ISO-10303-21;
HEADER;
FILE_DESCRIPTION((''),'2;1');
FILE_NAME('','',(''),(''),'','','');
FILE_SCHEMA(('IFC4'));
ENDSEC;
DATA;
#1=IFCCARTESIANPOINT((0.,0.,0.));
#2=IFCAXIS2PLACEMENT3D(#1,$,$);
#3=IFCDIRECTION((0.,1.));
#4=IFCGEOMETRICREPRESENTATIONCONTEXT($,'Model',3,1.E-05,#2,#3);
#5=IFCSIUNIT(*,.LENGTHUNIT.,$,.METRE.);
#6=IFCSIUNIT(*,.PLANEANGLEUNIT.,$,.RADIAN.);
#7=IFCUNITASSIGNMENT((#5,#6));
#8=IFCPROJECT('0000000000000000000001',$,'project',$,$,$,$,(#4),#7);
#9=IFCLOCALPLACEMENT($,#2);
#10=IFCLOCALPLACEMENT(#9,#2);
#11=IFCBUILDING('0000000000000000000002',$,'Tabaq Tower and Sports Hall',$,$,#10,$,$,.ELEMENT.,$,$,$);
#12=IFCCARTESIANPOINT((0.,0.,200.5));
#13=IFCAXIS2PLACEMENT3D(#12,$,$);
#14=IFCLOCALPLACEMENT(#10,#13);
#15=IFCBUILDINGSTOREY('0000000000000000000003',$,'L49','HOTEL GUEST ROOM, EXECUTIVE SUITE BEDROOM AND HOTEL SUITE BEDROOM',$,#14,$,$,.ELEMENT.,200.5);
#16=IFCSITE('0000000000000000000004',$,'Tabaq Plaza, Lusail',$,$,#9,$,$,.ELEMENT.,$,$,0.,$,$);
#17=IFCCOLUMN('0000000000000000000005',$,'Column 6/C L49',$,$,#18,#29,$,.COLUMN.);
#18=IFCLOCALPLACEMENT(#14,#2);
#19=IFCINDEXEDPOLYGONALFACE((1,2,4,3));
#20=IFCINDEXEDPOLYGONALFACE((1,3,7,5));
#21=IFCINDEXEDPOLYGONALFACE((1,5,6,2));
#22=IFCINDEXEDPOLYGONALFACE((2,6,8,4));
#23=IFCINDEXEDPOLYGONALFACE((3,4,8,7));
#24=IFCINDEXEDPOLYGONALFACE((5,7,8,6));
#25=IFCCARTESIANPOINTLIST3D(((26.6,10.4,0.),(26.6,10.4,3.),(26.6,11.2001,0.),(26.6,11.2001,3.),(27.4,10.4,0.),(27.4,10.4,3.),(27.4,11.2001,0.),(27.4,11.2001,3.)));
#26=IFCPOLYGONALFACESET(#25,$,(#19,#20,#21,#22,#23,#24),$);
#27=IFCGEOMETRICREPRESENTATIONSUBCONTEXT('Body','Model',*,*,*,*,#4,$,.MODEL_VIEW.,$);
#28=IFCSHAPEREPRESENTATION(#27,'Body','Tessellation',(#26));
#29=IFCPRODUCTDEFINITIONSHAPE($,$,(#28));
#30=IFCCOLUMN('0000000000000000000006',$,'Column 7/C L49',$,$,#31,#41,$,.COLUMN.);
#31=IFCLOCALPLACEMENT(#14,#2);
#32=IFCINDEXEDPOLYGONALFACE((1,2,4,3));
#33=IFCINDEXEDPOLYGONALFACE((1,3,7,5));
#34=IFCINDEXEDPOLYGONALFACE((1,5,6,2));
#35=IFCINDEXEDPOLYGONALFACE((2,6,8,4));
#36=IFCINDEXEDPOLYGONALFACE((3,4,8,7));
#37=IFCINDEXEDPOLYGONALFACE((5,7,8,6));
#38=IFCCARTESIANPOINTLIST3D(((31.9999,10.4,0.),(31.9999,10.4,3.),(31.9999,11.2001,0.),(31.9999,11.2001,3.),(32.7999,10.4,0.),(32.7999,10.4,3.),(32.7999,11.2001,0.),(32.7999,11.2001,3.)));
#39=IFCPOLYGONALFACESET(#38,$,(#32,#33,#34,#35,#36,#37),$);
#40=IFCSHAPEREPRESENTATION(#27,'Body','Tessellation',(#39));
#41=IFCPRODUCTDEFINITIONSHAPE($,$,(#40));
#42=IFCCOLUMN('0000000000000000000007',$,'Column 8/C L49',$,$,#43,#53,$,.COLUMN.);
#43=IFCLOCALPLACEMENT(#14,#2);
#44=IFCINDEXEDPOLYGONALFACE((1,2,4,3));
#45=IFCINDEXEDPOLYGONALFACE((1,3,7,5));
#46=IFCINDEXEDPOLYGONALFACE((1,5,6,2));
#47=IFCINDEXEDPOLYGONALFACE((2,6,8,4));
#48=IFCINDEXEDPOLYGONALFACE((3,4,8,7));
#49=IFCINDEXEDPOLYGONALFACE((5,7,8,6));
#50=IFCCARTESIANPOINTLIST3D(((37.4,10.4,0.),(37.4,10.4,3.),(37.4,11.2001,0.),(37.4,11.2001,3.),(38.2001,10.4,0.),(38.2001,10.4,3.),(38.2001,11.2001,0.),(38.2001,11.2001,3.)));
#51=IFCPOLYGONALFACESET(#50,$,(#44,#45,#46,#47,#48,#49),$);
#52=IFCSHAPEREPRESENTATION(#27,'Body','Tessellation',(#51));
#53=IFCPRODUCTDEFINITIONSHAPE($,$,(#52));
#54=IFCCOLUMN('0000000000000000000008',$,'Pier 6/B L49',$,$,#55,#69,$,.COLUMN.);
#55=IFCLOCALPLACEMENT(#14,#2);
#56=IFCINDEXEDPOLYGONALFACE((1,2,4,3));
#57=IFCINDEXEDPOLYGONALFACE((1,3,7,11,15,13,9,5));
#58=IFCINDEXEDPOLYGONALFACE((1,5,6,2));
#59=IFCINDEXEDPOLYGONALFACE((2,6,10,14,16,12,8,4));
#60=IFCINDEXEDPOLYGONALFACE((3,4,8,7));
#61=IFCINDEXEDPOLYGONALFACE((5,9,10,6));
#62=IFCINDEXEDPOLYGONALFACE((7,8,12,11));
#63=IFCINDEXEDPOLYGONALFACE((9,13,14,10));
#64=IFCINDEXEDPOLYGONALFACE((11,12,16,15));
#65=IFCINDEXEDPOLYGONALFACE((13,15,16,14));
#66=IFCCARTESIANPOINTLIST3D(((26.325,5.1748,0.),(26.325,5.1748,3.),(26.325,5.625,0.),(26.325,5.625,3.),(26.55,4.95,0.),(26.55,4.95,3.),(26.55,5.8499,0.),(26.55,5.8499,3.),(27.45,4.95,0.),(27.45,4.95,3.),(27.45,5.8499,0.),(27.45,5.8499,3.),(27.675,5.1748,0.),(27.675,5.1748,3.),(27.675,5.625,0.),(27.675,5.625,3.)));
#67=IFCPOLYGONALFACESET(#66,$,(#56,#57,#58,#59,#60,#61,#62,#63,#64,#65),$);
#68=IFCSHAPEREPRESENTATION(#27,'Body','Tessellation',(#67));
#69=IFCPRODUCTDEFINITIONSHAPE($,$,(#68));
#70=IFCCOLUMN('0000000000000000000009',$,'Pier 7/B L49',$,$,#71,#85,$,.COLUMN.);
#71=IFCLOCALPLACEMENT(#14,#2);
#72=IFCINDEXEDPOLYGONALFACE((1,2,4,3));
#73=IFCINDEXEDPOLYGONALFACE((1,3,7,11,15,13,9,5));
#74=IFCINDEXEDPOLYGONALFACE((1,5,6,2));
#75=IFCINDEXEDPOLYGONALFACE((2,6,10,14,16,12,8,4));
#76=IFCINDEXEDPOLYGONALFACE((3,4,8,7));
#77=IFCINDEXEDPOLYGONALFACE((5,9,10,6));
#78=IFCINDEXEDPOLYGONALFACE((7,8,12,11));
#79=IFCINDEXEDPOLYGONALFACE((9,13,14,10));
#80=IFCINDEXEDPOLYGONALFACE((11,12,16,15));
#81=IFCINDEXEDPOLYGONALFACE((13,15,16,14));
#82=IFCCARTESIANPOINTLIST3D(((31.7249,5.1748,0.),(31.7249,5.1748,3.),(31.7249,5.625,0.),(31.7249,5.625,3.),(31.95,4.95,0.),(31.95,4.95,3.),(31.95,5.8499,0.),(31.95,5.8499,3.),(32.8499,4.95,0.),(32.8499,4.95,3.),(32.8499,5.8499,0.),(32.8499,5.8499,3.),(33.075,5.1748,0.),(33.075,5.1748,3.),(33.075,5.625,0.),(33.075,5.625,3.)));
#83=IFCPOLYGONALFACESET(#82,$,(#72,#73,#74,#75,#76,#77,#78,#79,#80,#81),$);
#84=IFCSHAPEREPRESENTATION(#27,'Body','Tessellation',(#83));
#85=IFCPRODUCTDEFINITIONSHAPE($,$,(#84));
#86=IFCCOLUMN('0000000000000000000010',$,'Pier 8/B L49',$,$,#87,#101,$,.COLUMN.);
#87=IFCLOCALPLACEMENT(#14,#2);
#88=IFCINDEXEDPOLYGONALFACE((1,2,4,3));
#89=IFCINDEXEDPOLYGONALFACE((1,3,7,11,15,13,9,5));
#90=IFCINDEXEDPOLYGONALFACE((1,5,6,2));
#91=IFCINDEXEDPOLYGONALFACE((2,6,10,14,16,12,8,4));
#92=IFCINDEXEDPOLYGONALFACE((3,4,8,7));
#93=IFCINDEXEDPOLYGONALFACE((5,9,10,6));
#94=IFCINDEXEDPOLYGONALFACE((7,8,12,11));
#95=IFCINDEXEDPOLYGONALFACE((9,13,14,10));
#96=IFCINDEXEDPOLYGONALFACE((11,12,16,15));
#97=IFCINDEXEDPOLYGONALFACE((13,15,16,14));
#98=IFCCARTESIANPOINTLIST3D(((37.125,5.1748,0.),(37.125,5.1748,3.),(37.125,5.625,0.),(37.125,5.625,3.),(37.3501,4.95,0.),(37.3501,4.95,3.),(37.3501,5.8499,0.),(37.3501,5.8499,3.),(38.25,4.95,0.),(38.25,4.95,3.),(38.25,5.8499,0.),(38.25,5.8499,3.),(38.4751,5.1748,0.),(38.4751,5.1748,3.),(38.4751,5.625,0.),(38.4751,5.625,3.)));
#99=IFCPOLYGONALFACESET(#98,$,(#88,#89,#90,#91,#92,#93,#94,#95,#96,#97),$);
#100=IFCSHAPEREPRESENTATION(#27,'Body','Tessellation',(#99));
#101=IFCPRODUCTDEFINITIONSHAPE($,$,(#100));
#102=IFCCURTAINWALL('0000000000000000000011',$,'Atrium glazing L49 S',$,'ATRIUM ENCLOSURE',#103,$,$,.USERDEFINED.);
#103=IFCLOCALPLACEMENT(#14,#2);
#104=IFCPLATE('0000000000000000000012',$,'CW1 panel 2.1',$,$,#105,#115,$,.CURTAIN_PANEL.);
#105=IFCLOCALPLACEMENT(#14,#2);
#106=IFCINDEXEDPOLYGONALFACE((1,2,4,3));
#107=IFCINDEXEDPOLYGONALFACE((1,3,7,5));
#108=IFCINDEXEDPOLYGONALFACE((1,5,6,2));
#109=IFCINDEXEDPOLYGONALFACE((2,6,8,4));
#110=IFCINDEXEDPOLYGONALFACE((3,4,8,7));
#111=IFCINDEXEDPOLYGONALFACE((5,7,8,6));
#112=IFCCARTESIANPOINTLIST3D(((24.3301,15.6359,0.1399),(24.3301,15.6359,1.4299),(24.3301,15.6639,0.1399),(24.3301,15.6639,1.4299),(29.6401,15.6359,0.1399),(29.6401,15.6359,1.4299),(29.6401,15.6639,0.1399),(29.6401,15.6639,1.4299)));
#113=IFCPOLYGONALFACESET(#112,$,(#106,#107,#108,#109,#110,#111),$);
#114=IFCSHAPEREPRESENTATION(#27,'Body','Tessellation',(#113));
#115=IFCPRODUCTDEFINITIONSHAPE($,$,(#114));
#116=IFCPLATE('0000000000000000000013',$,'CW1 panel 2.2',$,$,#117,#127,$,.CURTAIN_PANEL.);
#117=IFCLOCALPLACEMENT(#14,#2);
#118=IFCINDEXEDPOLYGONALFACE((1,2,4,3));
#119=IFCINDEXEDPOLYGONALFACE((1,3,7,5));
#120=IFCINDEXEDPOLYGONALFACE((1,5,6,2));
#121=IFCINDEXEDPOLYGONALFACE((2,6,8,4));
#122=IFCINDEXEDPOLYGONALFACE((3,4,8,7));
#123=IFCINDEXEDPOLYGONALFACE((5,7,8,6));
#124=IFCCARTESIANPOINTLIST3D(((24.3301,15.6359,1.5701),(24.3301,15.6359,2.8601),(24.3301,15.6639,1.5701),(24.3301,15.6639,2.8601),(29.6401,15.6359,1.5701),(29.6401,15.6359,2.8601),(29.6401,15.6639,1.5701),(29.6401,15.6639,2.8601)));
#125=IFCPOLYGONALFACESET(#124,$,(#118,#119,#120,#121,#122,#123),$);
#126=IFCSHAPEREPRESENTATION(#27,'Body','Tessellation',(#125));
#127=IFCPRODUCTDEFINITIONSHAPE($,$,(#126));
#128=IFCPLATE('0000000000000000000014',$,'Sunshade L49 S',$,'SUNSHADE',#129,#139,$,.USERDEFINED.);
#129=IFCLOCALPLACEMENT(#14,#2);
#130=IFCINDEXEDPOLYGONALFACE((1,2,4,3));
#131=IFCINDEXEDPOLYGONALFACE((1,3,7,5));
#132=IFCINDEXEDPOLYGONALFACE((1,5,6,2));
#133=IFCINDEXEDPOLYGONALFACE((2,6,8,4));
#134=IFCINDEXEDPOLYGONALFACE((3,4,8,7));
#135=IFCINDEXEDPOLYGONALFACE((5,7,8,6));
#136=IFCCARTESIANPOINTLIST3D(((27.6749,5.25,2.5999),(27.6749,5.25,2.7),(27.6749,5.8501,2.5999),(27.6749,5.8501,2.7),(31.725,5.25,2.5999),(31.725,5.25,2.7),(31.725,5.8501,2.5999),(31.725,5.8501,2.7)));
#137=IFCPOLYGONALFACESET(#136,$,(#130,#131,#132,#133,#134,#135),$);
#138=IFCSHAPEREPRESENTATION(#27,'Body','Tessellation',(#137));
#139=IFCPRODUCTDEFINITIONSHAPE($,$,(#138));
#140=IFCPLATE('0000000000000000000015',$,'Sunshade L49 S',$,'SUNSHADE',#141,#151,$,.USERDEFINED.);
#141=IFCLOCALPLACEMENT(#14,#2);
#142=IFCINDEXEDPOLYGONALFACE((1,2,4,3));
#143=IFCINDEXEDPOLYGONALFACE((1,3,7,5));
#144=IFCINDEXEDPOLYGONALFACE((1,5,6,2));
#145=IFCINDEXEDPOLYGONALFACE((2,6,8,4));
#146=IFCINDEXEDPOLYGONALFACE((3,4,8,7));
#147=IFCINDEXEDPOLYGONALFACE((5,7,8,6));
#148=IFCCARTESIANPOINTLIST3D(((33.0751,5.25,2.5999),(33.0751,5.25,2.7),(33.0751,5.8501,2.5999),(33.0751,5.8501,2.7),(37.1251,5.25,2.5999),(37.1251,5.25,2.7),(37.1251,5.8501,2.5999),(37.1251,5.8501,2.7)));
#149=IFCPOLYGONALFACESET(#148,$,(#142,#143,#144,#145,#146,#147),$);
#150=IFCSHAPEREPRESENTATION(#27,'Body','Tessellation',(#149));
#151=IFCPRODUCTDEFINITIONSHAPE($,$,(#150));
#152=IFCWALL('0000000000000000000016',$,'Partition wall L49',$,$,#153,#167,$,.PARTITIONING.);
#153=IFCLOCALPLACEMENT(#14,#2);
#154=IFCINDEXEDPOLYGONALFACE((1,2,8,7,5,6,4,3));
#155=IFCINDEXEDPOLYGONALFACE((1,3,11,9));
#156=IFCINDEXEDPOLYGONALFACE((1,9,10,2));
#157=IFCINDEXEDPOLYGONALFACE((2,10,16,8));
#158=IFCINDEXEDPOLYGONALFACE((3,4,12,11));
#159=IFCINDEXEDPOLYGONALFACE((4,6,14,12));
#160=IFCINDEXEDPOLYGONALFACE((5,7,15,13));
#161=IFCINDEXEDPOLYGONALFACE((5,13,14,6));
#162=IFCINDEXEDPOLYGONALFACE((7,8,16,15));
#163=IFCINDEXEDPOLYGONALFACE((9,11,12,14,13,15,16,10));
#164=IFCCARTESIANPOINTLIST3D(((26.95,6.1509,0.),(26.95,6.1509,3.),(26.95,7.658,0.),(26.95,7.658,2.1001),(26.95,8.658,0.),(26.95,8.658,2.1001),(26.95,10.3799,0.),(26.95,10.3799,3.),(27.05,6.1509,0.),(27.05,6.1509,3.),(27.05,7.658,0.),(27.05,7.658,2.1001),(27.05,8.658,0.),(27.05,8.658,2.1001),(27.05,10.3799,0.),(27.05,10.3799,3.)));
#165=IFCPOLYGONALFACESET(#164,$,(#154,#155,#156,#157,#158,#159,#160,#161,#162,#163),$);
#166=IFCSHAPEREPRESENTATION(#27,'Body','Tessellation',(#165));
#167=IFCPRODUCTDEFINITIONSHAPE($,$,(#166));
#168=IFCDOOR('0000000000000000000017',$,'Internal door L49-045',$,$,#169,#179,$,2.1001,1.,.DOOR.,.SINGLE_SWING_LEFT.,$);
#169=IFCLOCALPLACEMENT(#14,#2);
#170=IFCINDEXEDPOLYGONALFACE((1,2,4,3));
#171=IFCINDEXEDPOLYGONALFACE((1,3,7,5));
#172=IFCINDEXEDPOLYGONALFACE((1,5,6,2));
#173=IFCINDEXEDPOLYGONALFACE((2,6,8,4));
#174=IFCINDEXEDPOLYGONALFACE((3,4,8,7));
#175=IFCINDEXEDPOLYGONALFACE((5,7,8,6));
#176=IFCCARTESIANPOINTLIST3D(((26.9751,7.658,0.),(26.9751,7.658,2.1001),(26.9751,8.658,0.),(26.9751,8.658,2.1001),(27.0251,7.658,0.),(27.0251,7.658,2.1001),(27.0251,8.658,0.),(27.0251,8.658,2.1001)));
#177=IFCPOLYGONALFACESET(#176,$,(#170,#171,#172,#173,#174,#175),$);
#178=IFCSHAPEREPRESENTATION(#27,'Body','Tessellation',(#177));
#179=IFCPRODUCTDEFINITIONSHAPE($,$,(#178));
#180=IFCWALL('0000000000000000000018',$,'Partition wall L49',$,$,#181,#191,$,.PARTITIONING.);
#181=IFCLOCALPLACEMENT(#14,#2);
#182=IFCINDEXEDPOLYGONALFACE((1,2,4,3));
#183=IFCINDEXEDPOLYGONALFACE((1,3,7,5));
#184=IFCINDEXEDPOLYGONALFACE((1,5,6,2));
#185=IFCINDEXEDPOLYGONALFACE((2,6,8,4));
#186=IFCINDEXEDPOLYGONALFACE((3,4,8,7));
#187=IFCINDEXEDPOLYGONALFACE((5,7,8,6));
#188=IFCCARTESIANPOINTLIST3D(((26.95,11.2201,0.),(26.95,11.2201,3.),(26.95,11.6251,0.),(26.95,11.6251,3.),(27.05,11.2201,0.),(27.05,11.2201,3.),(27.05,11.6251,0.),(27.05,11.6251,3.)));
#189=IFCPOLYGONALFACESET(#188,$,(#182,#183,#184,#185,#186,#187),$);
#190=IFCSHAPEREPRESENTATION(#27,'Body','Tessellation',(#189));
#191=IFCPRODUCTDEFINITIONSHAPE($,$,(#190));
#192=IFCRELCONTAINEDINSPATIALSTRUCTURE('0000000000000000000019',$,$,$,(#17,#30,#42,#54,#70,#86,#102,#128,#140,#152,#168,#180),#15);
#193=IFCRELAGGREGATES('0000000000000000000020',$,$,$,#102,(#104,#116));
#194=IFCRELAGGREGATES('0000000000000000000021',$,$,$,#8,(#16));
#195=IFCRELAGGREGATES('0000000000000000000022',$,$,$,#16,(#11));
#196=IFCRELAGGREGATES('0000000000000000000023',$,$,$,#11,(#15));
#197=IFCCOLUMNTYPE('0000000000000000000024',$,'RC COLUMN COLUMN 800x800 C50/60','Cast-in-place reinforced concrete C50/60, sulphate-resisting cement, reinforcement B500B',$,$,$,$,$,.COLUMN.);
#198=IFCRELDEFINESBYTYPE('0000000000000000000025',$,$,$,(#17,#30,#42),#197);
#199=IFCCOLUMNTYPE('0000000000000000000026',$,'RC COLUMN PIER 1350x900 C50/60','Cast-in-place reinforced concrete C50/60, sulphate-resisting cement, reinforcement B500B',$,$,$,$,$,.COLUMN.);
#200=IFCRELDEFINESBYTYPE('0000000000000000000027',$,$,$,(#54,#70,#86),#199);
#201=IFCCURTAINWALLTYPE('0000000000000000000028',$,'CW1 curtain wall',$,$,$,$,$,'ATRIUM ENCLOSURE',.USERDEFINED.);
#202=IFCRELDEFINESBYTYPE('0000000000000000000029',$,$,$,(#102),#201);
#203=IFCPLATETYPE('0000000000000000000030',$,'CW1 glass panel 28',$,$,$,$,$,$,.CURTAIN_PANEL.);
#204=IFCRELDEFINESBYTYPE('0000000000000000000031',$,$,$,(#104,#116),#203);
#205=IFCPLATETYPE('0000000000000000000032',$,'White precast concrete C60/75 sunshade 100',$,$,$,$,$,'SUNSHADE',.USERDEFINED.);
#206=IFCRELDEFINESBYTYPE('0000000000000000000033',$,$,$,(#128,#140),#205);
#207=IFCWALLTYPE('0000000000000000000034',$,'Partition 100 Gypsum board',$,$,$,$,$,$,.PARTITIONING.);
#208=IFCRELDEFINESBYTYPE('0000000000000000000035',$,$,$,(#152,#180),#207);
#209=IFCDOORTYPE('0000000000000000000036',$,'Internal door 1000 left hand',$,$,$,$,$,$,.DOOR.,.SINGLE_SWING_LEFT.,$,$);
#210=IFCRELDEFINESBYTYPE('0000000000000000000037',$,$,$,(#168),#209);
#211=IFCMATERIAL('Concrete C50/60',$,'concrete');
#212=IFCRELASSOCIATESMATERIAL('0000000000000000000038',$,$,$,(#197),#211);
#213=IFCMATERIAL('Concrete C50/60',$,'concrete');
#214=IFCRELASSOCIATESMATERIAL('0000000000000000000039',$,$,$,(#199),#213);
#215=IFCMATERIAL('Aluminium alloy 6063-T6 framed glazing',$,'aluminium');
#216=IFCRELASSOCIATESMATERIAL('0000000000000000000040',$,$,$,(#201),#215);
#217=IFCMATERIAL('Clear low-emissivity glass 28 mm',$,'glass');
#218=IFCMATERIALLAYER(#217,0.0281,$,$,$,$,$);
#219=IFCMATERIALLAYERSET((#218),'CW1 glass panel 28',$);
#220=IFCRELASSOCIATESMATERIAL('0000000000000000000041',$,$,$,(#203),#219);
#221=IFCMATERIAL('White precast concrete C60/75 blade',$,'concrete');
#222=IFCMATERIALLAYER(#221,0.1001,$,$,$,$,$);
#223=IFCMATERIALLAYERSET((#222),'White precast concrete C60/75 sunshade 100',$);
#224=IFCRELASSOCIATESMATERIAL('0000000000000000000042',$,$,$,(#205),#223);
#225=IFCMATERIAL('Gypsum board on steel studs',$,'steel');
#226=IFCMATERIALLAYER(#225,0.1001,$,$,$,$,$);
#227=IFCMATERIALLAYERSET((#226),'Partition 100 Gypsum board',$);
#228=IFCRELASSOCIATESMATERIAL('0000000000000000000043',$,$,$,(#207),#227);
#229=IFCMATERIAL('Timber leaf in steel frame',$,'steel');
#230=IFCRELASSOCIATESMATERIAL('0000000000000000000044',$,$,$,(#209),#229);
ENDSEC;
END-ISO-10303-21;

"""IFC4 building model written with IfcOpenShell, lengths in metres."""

from ifc_helpers import new_model, si_unit, direction, frame, frame_2d, origin, origin_2d, place, context, subcontext, project, spatial, polyline, rectangle, outline, extrude, material, layer, layer_set, material_profile, profile_set, type_object, element, fill, aggregate, save


model = new_model("IFC4")

# Units and contexts
model_context = context("Model", 3, precision=1e-05, world=origin(), true_north=direction((0.0, 1.0)))
body_context = subcontext(model_context, "Body", "Model", "MODEL_VIEW")
ifc_project = project(units=[si_unit("LENGTHUNIT", "METRE"), si_unit("PLANEANGLEUNIT", "RADIAN")], contexts=[model_context])

# Site, building, storey
site_placement = place(None, origin())
site = spatial("IfcSite", under=ifc_project, at=site_placement, Name="Tabaq Plaza, Lusail", CompositionType="ELEMENT", RefElevation=0.0)
building_placement = place(site_placement, origin())
building = spatial("IfcBuilding", under=site, at=building_placement, Name="Tabaq Tower and Sports Hall", CompositionType="ELEMENT")
storey_placement = place(building_placement, frame((0.0, 0.0, 200.5)))
storey = spatial("IfcBuildingStorey", under=building, at=storey_placement, Name="L49", Description="HOTEL GUEST ROOM, EXECUTIVE SUITE BEDROOM AND HOTEL SUITE BEDROOM", CompositionType="ELEMENT", Elevation=200.5)

# Columns
ifc_material_1 = material(Name="Concrete C50/60", Category="concrete")
ifc_material_profile_1 = material_profile(ifc_material_1, rectangle(XDim=0.8, YDim=0.8, at=origin_2d()), Name="COLUMN 800x800")
ifc_profile_set_1 = profile_set([ifc_material_profile_1], Name="Concrete C50/60")
column_type_1 = type_object("IfcColumnType", Name="RC COLUMN COLUMN 800x800 C50/60", Description="Cast-in-place reinforced concrete C50/60, sulphate-resisting cement, reinforcement B500B", PredefinedType="COLUMN", material=ifc_profile_set_1)
for number, where, z_axis, x_axis, name in (
    (1, (27.0, 10.8, 0.0), (0.0, 0.0, 1.0), (1.0, 0.0, 0.0), "Column 6/C L49"),
    (2, (32.3999, 10.8, 0.0), (0.0, 0.0, 1.0), (1.0, 0.0, 0.0), "Column 7/C L49"),
    (3, (37.8, 10.8, 0.0), (0.0, 0.0, 1.0), (1.0, 0.0, 0.0), "Column 8/C L49"),
):
    element("IfcColumn", number, at=place(storey_placement, frame(where, z_axis=z_axis, x_axis=x_axis)), inside=storey, type_object=column_type_1, Name=name, PredefinedType="COLUMN", context=body_context, shape_type="SweptSolid", body=[
        extrude(rectangle(XDim=0.8, YDim=0.8, at=origin_2d()), origin(), (0.0, 0.0, 1.0), 3.0),
    ])
ifc_material_2 = material(Name="Concrete C50/60", Category="concrete")
ifc_material_profile_2 = material_profile(ifc_material_2, outline(polyline([(-0.45, -0.45), (0.45, -0.45), (0.675, -0.2251), (0.675, 0.2251), (0.45, 0.45), (-0.45, 0.45), (-0.675, 0.2251), (-0.675, -0.2251), (-0.45, -0.45)])), Name="PIER 1350x900")
ifc_profile_set_2 = profile_set([ifc_material_profile_2], Name="Concrete C50/60")
column_type_2 = type_object("IfcColumnType", Name="RC COLUMN PIER 1350x900 C50/60", Description="Cast-in-place reinforced concrete C50/60, sulphate-resisting cement, reinforcement B500B", PredefinedType="COLUMN", material=ifc_profile_set_2)
for number, where, z_axis, x_axis, name in (
    (4, (27.0, 5.3999, 0.0), (0.0, 0.0, 1.0), (1.0, 0.0, 0.0), "Pier 6/B L49"),
    (5, (32.3999, 5.3999, 0.0), (0.0, 0.0, 1.0), (1.0, 0.0, 0.0), "Pier 7/B L49"),
    (6, (37.8, 5.3999, 0.0), (0.0, 0.0, 1.0), (1.0, 0.0, 0.0), "Pier 8/B L49"),
):
    element("IfcColumn", number, at=place(storey_placement, frame(where, z_axis=z_axis, x_axis=x_axis)), inside=storey, type_object=column_type_2, Name=name, PredefinedType="COLUMN", context=body_context, shape_type="SweptSolid", body=[
        extrude(outline(polyline([(-0.45, -0.45), (0.45, -0.45), (0.675, -0.2251), (0.675, 0.2251), (0.45, 0.45), (-0.45, 0.45), (-0.675, 0.2251), (-0.675, -0.2251), (-0.45, -0.45)])), origin(), (0.0, 0.0, 1.0), 3.0),
    ])

# Curtain wall, plates
ifc_material_3 = material(Name="Aluminium alloy 6063-T6 framed glazing", Category="aluminium")
curtain_wall_type = type_object("IfcCurtainWallType", Name="CW1 curtain wall", ElementType="ATRIUM ENCLOSURE", PredefinedType="USERDEFINED", material=ifc_material_3)
curtain_wall_placement = place(storey_placement, origin())
curtain_wall = element("IfcCurtainWall", 7, at=curtain_wall_placement, inside=storey, type_object=curtain_wall_type, Name="Atrium glazing L49 S", ObjectType="ATRIUM ENCLOSURE", PredefinedType="USERDEFINED")
ifc_material_4 = material(Name="Clear low-emissivity glass 28 mm", Category="glass")
ifc_layer_1 = layer(ifc_material_4, 0.0281)
ifc_layer_set_1 = layer_set([ifc_layer_1], Name="CW1 glass panel 28")
plate_type_1 = type_object("IfcPlateType", Name="CW1 glass panel 28", PredefinedType="CURTAIN_PANEL", material=ifc_layer_set_1)
plate_1_placement = place(storey_placement, frame((26.9851, 15.6499, 0.1399), z_axis=(0.0, 0.0, 1.0), x_axis=(1.0, 0.0, 0.0)))
plate_1 = element("IfcPlate", 8, at=plate_1_placement, type_object=plate_type_1, Name="CW1 panel 2.1", PredefinedType="CURTAIN_PANEL", context=body_context, shape_type="SweptSolid", body=[
    extrude(rectangle(XDim=5.3101, YDim=0.0281, at=origin_2d()), origin(), (0.0, 0.0, 1.0), 1.29),
])
plate_2_placement = place(storey_placement, frame((26.9851, 15.6499, 1.5701), z_axis=(0.0, 0.0, 1.0), x_axis=(1.0, 0.0, 0.0)))
plate_2 = element("IfcPlate", 9, at=plate_2_placement, type_object=plate_type_1, Name="CW1 panel 2.2", PredefinedType="CURTAIN_PANEL", context=body_context, shape_type="SweptSolid", body=[
    extrude(rectangle(XDim=5.3101, YDim=0.0281, at=origin_2d()), origin(), (0.0, 0.0, 1.0), 1.29),
])
aggregate(curtain_wall, [plate_1, plate_2])

# Plates
ifc_material_5 = material(Name="White precast concrete C60/75 blade", Category="concrete")
ifc_layer_2 = layer(ifc_material_5, 0.1001)
ifc_layer_set_2 = layer_set([ifc_layer_2], Name="White precast concrete C60/75 sunshade 100")
plate_type_2 = type_object("IfcPlateType", Name="White precast concrete C60/75 sunshade 100", ElementType="SUNSHADE", PredefinedType="USERDEFINED", material=ifc_layer_set_2)
for number, where, z_axis, x_axis, name in (
    (10, (29.7, 5.55, 2.5999), (0.0, 0.0, 1.0), (1.0, 0.0, 0.0), "Sunshade L49 S"),
    (11, (35.1001, 5.55, 2.5999), (0.0, 0.0, 1.0), (1.0, 0.0, 0.0), "Sunshade L49 S"),
):
    element("IfcPlate", number, at=place(storey_placement, frame(where, z_axis=z_axis, x_axis=x_axis)), inside=storey, type_object=plate_type_2, Name=name, ObjectType="SUNSHADE", PredefinedType="USERDEFINED", context=body_context, shape_type="SweptSolid", body=[
        extrude(rectangle(XDim=4.05, YDim=0.6001, at=origin_2d()), origin(), (0.0, 0.0, 1.0), 0.1001),
    ])

# Wall, opening, door
ifc_material_6 = material(Name="Gypsum board on steel studs", Category="steel")
ifc_layer_3 = layer(ifc_material_6, 0.1001)
ifc_layer_set_3 = layer_set([ifc_layer_3], Name="Partition 100 Gypsum board")
wall_type_1 = type_object("IfcWallType", Name="Partition 100 Gypsum board", PredefinedType="PARTITIONING", material=ifc_layer_set_3)
wall_1_placement = place(storey_placement, frame((27.0, 6.1509, 0.0), z_axis=(0.0, 0.0, 1.0), x_axis=(0.0, 1.0, 0.0)))
wall_1 = element("IfcWall", 12, at=wall_1_placement, inside=storey, type_object=wall_type_1, Name="Partition wall L49", PredefinedType="PARTITIONING", context=body_context, shape_type="SweptSolid", body=[
    extrude(rectangle(XDim=4.229, YDim=0.1001, at=frame_2d((2.1145, 0.0))), origin(), (0.0, 0.0, 1.0), 3.0),
])
opening_1_placement = place(wall_1_placement, frame((1.5071, 0.0, 0.0)))
opening_1 = element("IfcOpeningElement", 13, at=opening_1_placement, cuts=wall_1, PredefinedType="OPENING", context=body_context, shape_type="SweptSolid", body=[
    extrude(rectangle(XDim=1.0, YDim=2.1001, at=frame_2d((0.5, 1.05))), frame((0.0, 0.05, 0.0), z_axis=(0.0, -1.0, 0.0), x_axis=(1.0, 0.0, 0.0)), (0.0, 0.0, 1.0), 0.1001),
])
ifc_material_7 = material(Name="Timber leaf in steel frame", Category="steel")
door_type_1 = type_object("IfcDoorType", Name="Internal door 1000 left hand", OperationType="SINGLE_SWING_LEFT", PredefinedType="DOOR", material=ifc_material_7)
door_1_placement = place(opening_1_placement, origin())
door_1 = element("IfcDoor", 14, at=door_1_placement, inside=storey, type_object=door_type_1, Name="Internal door L49-045", OperationType="SINGLE_SWING_LEFT", OverallHeight=2.1001, OverallWidth=1.0, PredefinedType="DOOR", context=body_context, shape_type="SweptSolid", body=[
    extrude(rectangle(XDim=1.0, YDim=2.1001, at=frame_2d((0.5, 1.05))), frame((0.0, 0.0249, 0.0), z_axis=(0.0, -1.0, 0.0), x_axis=(1.0, 0.0, 0.0)), (0.0, 0.0, 1.0), 0.05),
])
fill(opening_1, door_1)

# Wall
wall_2_placement = place(storey_placement, frame((27.0, 11.22, 0.0), z_axis=(0.0, 0.0, 1.0), x_axis=(0.0, 1.0, 0.0)))
element("IfcWall", 15, at=wall_2_placement, inside=storey, type_object=wall_type_1, Name="Partition wall L49", PredefinedType="PARTITIONING", context=body_context, shape_type="SweptSolid", body=[
    extrude(rectangle(XDim=0.405, YDim=0.1001, at=frame_2d((0.2026, 0.0))), origin(), (0.0, 0.0, 1.0), 3.0),
])

save(model, "model.ifc")
